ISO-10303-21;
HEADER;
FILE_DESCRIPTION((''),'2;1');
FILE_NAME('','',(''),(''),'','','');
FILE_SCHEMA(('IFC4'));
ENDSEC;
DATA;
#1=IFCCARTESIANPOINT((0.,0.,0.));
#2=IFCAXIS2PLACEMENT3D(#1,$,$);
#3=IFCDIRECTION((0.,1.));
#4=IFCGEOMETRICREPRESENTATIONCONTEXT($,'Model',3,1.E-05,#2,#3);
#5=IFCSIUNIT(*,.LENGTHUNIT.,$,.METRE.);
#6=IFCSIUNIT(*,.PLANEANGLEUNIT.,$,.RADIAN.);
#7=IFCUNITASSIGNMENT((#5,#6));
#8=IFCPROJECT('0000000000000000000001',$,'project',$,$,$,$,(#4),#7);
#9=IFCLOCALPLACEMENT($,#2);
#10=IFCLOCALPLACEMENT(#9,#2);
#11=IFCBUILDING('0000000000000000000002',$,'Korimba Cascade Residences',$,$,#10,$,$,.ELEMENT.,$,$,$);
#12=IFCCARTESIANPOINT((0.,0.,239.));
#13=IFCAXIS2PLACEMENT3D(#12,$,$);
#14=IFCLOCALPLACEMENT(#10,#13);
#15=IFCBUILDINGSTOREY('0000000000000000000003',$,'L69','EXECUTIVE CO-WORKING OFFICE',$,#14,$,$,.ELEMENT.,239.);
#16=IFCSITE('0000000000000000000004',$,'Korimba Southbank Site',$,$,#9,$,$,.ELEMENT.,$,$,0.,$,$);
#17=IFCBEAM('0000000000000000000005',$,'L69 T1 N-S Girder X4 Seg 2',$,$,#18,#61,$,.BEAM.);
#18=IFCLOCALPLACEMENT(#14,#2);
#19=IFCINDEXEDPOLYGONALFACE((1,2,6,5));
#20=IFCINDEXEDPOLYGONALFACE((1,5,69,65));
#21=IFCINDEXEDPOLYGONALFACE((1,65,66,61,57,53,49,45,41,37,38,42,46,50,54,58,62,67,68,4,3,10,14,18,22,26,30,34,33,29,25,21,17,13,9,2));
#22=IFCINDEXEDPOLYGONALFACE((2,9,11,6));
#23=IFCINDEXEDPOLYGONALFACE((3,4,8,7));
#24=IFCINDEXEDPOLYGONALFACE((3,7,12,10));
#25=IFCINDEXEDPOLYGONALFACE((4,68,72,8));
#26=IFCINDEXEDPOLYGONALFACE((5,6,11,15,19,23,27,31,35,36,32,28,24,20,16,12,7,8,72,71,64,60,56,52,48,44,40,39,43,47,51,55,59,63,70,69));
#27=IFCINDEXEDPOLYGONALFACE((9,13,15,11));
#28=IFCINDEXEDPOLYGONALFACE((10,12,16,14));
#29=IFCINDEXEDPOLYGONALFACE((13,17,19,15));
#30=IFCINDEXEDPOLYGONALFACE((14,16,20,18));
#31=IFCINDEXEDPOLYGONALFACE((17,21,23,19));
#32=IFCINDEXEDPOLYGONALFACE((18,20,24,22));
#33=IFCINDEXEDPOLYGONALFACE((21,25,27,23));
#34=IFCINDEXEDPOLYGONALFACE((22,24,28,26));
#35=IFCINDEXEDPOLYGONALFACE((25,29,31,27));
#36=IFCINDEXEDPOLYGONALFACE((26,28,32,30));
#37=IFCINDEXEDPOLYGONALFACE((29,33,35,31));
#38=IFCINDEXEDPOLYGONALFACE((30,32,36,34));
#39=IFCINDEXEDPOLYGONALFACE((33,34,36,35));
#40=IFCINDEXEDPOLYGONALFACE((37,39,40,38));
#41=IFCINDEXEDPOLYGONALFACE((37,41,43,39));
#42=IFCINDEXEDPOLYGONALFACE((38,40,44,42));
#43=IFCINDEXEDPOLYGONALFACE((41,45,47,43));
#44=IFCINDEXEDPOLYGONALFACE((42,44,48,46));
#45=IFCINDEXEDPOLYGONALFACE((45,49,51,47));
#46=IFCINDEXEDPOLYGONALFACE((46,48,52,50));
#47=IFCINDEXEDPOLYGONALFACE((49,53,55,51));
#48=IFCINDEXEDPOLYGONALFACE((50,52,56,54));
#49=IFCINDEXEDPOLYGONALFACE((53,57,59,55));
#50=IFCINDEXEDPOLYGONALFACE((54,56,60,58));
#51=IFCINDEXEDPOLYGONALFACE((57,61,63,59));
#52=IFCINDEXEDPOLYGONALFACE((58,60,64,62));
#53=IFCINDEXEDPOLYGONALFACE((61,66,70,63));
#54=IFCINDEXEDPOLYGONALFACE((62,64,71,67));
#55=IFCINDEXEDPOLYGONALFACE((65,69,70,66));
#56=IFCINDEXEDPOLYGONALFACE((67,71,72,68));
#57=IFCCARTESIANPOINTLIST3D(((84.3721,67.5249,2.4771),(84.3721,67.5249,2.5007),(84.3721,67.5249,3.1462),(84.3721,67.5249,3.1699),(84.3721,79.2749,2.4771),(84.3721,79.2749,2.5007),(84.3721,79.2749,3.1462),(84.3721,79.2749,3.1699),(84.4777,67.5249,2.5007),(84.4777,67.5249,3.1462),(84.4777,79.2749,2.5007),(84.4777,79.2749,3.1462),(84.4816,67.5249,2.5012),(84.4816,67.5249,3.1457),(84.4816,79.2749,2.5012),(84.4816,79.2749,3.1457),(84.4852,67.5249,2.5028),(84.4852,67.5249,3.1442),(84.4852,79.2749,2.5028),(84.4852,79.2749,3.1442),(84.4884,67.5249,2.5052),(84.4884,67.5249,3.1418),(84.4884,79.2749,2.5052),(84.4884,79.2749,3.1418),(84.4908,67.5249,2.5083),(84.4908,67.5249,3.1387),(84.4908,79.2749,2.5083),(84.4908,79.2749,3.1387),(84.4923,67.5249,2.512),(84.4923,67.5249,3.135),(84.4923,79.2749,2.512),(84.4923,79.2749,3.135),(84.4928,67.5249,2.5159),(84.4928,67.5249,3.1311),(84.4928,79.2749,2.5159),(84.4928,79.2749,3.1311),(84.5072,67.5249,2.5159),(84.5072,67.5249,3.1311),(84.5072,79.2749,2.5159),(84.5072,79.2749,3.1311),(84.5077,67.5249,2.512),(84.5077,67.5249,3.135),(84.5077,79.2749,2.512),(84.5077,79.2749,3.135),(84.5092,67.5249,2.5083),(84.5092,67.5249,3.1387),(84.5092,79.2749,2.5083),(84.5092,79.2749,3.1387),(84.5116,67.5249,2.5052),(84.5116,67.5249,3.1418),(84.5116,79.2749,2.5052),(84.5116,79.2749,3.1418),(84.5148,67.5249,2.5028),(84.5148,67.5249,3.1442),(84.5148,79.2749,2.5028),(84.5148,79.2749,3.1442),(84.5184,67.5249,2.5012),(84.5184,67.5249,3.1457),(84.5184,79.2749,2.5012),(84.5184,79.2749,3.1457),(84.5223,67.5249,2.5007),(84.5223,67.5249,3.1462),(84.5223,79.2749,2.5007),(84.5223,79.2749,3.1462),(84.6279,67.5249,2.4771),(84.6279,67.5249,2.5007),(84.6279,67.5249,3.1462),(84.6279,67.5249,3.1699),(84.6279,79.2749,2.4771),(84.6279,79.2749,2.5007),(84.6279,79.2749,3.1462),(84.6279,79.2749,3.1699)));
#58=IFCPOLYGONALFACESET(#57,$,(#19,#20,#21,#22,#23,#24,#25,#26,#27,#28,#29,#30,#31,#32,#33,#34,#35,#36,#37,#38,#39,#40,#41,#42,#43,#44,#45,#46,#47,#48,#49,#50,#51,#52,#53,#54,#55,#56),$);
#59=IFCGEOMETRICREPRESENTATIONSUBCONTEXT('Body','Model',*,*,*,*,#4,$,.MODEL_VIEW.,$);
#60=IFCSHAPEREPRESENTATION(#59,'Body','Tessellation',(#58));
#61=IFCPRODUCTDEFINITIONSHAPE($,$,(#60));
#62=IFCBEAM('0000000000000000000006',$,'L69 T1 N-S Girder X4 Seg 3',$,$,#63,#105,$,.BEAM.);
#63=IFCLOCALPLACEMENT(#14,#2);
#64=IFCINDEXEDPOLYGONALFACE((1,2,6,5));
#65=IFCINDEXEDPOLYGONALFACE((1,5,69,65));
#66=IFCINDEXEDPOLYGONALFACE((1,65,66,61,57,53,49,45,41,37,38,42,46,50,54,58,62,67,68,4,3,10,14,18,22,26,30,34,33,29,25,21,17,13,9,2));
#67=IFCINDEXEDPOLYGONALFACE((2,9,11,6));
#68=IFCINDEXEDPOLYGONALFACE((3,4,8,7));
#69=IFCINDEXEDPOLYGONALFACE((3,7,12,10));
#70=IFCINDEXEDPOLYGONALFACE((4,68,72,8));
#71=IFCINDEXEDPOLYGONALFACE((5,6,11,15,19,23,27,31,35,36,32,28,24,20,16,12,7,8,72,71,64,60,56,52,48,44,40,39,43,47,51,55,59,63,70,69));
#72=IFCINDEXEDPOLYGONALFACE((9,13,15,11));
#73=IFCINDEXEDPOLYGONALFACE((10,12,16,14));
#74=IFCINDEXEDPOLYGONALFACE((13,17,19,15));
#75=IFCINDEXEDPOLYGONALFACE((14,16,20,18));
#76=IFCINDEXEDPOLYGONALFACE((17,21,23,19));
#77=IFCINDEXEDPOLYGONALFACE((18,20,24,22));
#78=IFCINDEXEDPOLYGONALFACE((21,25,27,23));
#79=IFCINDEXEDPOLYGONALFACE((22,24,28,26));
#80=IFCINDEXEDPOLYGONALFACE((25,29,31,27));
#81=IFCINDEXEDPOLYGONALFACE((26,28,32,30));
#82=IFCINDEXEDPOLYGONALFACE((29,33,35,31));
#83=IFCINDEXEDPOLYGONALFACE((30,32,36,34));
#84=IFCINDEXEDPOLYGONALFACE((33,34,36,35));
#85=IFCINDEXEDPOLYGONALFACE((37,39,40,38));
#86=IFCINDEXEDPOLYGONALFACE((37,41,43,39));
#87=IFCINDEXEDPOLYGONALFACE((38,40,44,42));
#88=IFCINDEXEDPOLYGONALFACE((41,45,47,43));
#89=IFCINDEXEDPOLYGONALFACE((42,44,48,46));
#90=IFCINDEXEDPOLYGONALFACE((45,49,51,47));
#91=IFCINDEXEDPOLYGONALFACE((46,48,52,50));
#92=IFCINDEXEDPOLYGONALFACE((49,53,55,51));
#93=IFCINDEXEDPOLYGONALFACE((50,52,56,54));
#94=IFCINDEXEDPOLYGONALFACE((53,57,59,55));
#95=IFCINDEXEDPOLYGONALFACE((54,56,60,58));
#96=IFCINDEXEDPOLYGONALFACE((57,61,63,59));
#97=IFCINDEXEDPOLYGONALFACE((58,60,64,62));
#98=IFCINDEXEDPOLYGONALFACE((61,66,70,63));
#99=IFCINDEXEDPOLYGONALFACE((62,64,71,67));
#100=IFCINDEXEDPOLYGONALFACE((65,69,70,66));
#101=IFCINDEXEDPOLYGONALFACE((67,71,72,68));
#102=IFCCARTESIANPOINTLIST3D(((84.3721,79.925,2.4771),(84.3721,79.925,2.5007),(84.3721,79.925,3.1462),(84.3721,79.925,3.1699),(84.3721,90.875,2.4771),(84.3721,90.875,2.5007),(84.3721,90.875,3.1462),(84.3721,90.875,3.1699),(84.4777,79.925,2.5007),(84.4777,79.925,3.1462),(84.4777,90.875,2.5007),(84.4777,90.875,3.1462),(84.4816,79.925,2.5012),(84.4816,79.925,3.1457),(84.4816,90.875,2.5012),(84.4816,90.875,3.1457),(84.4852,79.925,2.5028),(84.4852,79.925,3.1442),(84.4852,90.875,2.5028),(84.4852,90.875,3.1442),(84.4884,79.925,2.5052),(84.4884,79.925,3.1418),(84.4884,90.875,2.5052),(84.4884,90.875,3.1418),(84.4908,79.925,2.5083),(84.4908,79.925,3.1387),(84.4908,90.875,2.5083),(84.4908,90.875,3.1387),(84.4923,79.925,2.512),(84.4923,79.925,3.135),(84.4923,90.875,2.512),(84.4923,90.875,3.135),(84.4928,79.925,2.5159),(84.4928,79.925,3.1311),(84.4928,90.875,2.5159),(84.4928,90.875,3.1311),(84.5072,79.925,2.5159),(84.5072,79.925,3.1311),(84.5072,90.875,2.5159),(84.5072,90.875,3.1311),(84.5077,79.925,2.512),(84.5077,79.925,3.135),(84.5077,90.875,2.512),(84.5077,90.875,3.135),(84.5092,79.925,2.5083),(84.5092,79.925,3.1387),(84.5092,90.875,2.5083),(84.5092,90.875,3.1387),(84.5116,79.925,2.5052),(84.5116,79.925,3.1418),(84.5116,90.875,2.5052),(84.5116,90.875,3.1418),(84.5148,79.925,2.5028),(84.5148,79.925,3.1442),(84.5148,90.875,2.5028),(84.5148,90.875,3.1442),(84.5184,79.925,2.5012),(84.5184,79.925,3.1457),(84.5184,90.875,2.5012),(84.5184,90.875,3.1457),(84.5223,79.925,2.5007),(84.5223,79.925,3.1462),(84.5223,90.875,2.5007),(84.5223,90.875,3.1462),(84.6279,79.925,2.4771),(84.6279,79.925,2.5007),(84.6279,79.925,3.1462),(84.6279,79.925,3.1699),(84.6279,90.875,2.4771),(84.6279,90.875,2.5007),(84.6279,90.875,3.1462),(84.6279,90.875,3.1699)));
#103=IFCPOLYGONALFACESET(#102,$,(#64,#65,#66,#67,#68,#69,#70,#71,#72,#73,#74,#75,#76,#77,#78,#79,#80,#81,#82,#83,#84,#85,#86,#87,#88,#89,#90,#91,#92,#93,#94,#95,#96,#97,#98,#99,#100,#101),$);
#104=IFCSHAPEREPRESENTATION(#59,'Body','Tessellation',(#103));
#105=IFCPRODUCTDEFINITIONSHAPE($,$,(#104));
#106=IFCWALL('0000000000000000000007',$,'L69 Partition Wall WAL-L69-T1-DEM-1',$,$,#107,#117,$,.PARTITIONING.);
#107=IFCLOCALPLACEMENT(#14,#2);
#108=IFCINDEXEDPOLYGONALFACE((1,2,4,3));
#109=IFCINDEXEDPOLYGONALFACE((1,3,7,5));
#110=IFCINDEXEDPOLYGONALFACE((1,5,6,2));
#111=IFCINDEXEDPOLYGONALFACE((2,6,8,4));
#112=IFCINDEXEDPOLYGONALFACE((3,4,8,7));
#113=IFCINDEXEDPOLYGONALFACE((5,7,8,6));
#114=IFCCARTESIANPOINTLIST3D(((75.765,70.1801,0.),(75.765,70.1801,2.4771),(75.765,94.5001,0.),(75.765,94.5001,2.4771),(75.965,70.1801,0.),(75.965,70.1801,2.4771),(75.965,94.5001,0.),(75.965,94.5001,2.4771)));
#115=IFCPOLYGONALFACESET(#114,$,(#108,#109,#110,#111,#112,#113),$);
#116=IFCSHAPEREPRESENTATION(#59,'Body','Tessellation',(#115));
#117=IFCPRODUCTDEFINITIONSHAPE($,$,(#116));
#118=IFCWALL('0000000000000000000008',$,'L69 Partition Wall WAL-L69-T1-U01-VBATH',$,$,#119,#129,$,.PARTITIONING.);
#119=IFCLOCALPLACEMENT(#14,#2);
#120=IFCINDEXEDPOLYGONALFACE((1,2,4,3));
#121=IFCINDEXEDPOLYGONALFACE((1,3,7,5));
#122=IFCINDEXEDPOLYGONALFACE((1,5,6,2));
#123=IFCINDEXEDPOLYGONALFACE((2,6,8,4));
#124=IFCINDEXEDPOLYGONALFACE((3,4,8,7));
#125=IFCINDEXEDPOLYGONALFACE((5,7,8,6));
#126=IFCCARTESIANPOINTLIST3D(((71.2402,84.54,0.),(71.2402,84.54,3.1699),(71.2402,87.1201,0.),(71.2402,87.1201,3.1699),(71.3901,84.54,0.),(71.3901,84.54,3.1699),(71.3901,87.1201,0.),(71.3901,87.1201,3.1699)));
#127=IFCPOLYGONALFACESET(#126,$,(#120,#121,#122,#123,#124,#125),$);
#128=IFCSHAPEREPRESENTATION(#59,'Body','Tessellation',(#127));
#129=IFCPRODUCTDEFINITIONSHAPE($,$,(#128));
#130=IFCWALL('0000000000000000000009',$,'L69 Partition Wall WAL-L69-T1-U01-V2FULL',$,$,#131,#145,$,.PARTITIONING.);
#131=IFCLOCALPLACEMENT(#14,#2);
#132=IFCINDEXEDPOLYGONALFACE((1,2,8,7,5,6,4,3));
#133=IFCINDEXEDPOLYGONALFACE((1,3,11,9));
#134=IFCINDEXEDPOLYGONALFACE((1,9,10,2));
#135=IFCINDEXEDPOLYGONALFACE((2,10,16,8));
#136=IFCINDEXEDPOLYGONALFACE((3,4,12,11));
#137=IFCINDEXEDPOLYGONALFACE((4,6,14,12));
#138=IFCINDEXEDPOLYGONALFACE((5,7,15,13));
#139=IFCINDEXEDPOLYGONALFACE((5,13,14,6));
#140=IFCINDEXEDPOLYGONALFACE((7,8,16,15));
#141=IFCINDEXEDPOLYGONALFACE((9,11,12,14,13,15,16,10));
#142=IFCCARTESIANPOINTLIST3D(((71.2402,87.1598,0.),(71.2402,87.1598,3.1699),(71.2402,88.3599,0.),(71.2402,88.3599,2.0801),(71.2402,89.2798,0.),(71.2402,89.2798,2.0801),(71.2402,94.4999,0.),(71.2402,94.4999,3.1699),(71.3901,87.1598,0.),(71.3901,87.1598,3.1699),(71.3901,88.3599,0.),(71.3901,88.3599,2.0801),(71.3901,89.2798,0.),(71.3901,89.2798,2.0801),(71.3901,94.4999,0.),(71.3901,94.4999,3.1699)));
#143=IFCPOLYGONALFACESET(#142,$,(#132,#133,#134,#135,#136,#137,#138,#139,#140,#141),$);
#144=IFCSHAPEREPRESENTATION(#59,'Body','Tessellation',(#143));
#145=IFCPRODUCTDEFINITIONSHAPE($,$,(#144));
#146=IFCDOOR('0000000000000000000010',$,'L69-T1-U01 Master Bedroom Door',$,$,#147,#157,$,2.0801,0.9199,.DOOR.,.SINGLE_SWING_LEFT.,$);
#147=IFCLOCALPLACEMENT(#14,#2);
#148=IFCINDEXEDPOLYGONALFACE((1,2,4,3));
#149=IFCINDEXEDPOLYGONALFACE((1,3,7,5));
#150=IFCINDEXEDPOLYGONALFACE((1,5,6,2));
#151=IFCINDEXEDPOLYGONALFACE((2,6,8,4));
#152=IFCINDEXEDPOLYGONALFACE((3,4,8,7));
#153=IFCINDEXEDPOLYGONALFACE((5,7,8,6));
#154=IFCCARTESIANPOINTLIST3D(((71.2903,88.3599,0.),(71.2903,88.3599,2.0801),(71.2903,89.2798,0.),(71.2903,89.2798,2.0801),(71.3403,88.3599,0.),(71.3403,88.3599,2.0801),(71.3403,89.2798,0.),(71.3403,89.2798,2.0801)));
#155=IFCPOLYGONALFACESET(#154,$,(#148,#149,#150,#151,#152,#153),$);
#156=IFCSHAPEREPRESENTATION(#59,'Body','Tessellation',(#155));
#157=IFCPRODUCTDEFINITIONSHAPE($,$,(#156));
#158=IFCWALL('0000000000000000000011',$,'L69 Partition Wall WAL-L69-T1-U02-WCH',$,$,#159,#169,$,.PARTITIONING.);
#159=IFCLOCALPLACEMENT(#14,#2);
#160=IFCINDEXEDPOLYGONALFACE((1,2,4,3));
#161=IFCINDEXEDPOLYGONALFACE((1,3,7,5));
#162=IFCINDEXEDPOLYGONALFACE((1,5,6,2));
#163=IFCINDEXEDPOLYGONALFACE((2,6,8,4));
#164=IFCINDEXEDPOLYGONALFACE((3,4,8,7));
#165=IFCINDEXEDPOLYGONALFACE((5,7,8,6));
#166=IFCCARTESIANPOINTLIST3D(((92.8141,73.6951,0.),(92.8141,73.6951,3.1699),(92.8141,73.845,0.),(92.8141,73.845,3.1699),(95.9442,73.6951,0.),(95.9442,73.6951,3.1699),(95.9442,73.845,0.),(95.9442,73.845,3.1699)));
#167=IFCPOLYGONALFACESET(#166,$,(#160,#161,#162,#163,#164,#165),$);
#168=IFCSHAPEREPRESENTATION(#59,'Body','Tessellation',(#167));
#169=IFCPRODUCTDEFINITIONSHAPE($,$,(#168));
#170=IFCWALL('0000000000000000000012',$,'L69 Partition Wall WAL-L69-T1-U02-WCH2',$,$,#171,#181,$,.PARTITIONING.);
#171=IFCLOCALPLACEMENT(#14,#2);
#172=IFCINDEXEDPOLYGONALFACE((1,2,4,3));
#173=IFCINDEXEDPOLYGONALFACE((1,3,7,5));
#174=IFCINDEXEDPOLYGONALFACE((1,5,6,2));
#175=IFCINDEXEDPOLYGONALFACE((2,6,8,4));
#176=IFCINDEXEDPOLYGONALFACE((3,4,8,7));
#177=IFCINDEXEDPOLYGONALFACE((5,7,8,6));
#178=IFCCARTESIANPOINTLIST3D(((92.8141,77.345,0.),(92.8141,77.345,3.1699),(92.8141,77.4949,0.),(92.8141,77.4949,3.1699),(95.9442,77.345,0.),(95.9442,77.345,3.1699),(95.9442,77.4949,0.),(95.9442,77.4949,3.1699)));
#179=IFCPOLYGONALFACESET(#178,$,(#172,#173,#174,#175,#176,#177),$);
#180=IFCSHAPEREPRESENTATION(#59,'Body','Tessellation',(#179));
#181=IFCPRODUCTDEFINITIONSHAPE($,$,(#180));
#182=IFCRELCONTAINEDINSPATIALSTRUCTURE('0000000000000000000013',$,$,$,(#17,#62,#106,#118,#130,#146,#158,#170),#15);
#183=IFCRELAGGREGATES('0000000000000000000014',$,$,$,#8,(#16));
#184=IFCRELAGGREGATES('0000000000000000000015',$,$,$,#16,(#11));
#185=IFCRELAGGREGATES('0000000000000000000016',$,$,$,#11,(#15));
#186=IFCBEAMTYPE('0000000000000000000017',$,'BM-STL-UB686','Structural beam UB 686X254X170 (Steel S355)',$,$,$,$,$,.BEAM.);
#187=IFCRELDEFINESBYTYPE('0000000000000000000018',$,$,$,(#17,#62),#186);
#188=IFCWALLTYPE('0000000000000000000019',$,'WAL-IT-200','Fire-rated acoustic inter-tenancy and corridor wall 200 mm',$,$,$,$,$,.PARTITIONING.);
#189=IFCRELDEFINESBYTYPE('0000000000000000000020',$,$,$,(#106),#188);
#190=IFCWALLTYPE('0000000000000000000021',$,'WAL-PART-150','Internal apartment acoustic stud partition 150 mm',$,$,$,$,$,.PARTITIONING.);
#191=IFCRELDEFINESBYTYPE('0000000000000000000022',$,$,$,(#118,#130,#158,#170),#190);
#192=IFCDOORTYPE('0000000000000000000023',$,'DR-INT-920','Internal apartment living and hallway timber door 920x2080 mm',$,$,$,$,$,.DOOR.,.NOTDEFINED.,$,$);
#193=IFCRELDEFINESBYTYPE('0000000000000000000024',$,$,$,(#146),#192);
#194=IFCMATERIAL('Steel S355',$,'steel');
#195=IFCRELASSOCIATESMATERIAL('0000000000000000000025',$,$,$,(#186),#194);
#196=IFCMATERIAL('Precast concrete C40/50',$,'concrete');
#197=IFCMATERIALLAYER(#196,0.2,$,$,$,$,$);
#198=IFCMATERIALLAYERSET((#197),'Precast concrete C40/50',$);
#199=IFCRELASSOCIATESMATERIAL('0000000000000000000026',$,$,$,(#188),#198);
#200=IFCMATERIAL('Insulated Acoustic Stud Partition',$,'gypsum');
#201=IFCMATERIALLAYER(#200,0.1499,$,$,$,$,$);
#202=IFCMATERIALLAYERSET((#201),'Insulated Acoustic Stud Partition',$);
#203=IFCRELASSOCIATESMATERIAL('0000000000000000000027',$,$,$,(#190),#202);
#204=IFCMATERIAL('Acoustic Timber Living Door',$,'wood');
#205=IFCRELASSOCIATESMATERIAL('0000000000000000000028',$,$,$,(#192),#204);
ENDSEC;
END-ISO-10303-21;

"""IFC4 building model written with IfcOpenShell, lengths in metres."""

from ifc_helpers import new_model, si_unit, direction, frame, frame_2d, origin, origin_2d, place, context, subcontext, project, spatial, rectangle, i_section, extrude, material, layer, layer_set, material_profile, profile_set, type_object, element, fill, save


model = new_model("IFC4")

# Units and contexts
model_context = context("Model", 3, precision=1e-05, world=origin(), true_north=direction((0.0, 1.0)))
body_context = subcontext(model_context, "Body", "Model", "MODEL_VIEW")
ifc_project = project(units=[si_unit("LENGTHUNIT", "METRE"), si_unit("PLANEANGLEUNIT", "RADIAN")], contexts=[model_context])

# Site, building, storey
site_placement = place(None, origin())
site = spatial("IfcSite", under=ifc_project, at=site_placement, Name="Korimba Southbank Site", CompositionType="ELEMENT", RefElevation=0.0)
building_placement = place(site_placement, origin())
building = spatial("IfcBuilding", under=site, at=building_placement, Name="Korimba Cascade Residences", CompositionType="ELEMENT")
storey_placement = place(building_placement, frame((0.0, 0.0, 239.0)))
storey = spatial("IfcBuildingStorey", under=building, at=storey_placement, Name="L69", Description="EXECUTIVE CO-WORKING OFFICE", CompositionType="ELEMENT", Elevation=239.0)

# Beams
ifc_material_1 = material(Name="Steel S355", Category="steel")
ifc_material_profile_1 = material_profile(ifc_material_1, i_section(OverallWidth=0.2559, OverallDepth=0.6929, WebThickness=0.0144, FlangeThickness=0.0237, FilletRadius=0.0151, at=origin_2d()), Name="Steel S355")
ifc_profile_set_1 = profile_set([ifc_material_profile_1], Name="Steel S355")
beam_type_1 = type_object("IfcBeamType", Name="BM-STL-UB686", Description="Structural beam UB 686X254X170 (Steel S355)", PredefinedType="BEAM", material=ifc_profile_set_1)
beam_1_placement = place(storey_placement, frame((84.5, 67.5249, 2.8235), z_axis=(0.0, 1.0, 0.0), x_axis=(-1.0, 0.0, 0.0)))
element("IfcBeam", 1, at=beam_1_placement, inside=storey, type_object=beam_type_1, Name="L69 T1 N-S Girder X4 Seg 2", PredefinedType="BEAM", context=body_context, shape_type="SweptSolid", body=[
    extrude(i_section(OverallWidth=0.2559, OverallDepth=0.6929, WebThickness=0.0144, FlangeThickness=0.0237, FilletRadius=0.0151, at=origin_2d()), origin(), (0.0, 0.0, 1.0), 11.75),
])
beam_2_placement = place(storey_placement, frame((84.5, 79.925, 2.8235), z_axis=(0.0, 1.0, 0.0), x_axis=(-1.0, 0.0, 0.0)))
element("IfcBeam", 2, at=beam_2_placement, inside=storey, type_object=beam_type_1, Name="L69 T1 N-S Girder X4 Seg 3", PredefinedType="BEAM", context=body_context, shape_type="SweptSolid", body=[
    extrude(i_section(OverallWidth=0.2559, OverallDepth=0.6929, WebThickness=0.0144, FlangeThickness=0.0237, FilletRadius=0.0151, at=origin_2d()), origin(), (0.0, 0.0, 1.0), 10.95),
])

# Walls
ifc_material_2 = material(Name="Precast concrete C40/50", Category="concrete")
ifc_layer_1 = layer(ifc_material_2, 0.2)
ifc_layer_set_1 = layer_set([ifc_layer_1], Name="Precast concrete C40/50")
wall_type_1 = type_object("IfcWallType", Name="WAL-IT-200", Description="Fire-rated acoustic inter-tenancy and corridor wall 200 mm", PredefinedType="PARTITIONING", material=ifc_layer_set_1)
wall_1_placement = place(storey_placement, frame((75.865, 70.1799, 0.0), z_axis=(0.0, 0.0, 1.0), x_axis=(0.0, 1.0, 0.0)))
element("IfcWall", 3, at=wall_1_placement, inside=storey, type_object=wall_type_1, Name="L69 Partition Wall WAL-L69-T1-DEM-1", PredefinedType="PARTITIONING", context=body_context, shape_type="SweptSolid", body=[
    extrude(rectangle(XDim=24.3201, YDim=0.2, at=frame_2d((12.1602, 0.0))), origin(), (0.0, 0.0, 1.0), 2.4771),
])
ifc_material_3 = material(Name="Insulated Acoustic Stud Partition", Category="gypsum")
ifc_layer_2 = layer(ifc_material_3, 0.1499)
ifc_layer_set_2 = layer_set([ifc_layer_2], Name="Insulated Acoustic Stud Partition")
wall_type_2 = type_object("IfcWallType", Name="WAL-PART-150", Description="Internal apartment acoustic stud partition 150 mm", PredefinedType="PARTITIONING", material=ifc_layer_set_2)
wall_2_placement = place(storey_placement, frame((71.3152, 84.54, 0.0), z_axis=(0.0, 0.0, 1.0), x_axis=(0.0, 1.0, 0.0)))
element("IfcWall", 4, at=wall_2_placement, inside=storey, type_object=wall_type_2, Name="L69 Partition Wall WAL-L69-T1-U01-VBATH", PredefinedType="PARTITIONING", context=body_context, shape_type="SweptSolid", body=[
    extrude(rectangle(XDim=2.5801, YDim=0.1499, at=frame_2d((1.29, 0.0))), origin(), (0.0, 0.0, 1.0), 3.1699),
])

# Wall, opening, door
wall_3_placement = place(storey_placement, frame((71.3152, 87.1599, 0.0), z_axis=(0.0, 0.0, 1.0), x_axis=(0.0, 1.0, 0.0)))
wall_3 = element("IfcWall", 5, at=wall_3_placement, inside=storey, type_object=wall_type_2, Name="L69 Partition Wall WAL-L69-T1-U01-V2FULL", PredefinedType="PARTITIONING", context=body_context, shape_type="SweptSolid", body=[
    extrude(rectangle(XDim=7.3401, YDim=0.1499, at=frame_2d((3.6699, 0.0))), origin(), (0.0, 0.0, 1.0), 3.1699),
])
opening_1_placement = place(wall_3_placement, frame((1.2, 0.0, 0.0)))
opening_1 = element("IfcOpeningElement", 6, at=opening_1_placement, cuts=wall_3, PredefinedType="OPENING", context=body_context, shape_type="SweptSolid", body=[
    extrude(rectangle(XDim=0.9199, YDim=2.0801, at=frame_2d((0.46, 1.04))), frame((0.0, 0.085, 0.0), z_axis=(0.0, -1.0, 0.0), x_axis=(1.0, 0.0, 0.0)), (0.0, 0.0, 1.0), 0.1699),
])
ifc_material_4 = material(Name="Acoustic Timber Living Door", Category="wood")
door_type_1 = type_object("IfcDoorType", Name="DR-INT-920", Description="Internal apartment living and hallway timber door 920x2080 mm", OperationType="NOTDEFINED", PredefinedType="DOOR", material=ifc_material_4)
door_1_placement = place(opening_1_placement, origin())
door_1 = element("IfcDoor", 7, at=door_1_placement, inside=storey, type_object=door_type_1, Name="L69-T1-U01 Master Bedroom Door", OperationType="SINGLE_SWING_LEFT", OverallHeight=2.0801, OverallWidth=0.9199, PredefinedType="DOOR", context=body_context, shape_type="SweptSolid", body=[
    extrude(rectangle(XDim=0.9199, YDim=2.0801, at=frame_2d((0.46, 1.04))), frame((0.0, 0.0249, 0.0), z_axis=(0.0, -1.0, 0.0), x_axis=(1.0, 0.0, 0.0)), (0.0, 0.0, 1.0), 0.05),
])
fill(opening_1, door_1)

# Walls
for number, where, z_axis, x_axis, name in (
    (8, (92.8142, 73.77, 0.0), (0.0, 0.0, 1.0), (1.0, 0.0, 0.0), "L69 Partition Wall WAL-L69-T1-U02-WCH"),
    (9, (92.8142, 77.4199, 0.0), (0.0, 0.0, 1.0), (1.0, 0.0, 0.0), "L69 Partition Wall WAL-L69-T1-U02-WCH2"),
):
    element("IfcWall", number, at=place(storey_placement, frame(where, z_axis=z_axis, x_axis=x_axis)), inside=storey, type_object=wall_type_2, Name=name, PredefinedType="PARTITIONING", context=body_context, shape_type="SweptSolid", body=[
        extrude(rectangle(XDim=3.1301, YDim=0.1499, at=frame_2d((1.5649, 0.0))), origin(), (0.0, 0.0, 1.0), 3.1699),
    ])

save(model, "model.ifc")
